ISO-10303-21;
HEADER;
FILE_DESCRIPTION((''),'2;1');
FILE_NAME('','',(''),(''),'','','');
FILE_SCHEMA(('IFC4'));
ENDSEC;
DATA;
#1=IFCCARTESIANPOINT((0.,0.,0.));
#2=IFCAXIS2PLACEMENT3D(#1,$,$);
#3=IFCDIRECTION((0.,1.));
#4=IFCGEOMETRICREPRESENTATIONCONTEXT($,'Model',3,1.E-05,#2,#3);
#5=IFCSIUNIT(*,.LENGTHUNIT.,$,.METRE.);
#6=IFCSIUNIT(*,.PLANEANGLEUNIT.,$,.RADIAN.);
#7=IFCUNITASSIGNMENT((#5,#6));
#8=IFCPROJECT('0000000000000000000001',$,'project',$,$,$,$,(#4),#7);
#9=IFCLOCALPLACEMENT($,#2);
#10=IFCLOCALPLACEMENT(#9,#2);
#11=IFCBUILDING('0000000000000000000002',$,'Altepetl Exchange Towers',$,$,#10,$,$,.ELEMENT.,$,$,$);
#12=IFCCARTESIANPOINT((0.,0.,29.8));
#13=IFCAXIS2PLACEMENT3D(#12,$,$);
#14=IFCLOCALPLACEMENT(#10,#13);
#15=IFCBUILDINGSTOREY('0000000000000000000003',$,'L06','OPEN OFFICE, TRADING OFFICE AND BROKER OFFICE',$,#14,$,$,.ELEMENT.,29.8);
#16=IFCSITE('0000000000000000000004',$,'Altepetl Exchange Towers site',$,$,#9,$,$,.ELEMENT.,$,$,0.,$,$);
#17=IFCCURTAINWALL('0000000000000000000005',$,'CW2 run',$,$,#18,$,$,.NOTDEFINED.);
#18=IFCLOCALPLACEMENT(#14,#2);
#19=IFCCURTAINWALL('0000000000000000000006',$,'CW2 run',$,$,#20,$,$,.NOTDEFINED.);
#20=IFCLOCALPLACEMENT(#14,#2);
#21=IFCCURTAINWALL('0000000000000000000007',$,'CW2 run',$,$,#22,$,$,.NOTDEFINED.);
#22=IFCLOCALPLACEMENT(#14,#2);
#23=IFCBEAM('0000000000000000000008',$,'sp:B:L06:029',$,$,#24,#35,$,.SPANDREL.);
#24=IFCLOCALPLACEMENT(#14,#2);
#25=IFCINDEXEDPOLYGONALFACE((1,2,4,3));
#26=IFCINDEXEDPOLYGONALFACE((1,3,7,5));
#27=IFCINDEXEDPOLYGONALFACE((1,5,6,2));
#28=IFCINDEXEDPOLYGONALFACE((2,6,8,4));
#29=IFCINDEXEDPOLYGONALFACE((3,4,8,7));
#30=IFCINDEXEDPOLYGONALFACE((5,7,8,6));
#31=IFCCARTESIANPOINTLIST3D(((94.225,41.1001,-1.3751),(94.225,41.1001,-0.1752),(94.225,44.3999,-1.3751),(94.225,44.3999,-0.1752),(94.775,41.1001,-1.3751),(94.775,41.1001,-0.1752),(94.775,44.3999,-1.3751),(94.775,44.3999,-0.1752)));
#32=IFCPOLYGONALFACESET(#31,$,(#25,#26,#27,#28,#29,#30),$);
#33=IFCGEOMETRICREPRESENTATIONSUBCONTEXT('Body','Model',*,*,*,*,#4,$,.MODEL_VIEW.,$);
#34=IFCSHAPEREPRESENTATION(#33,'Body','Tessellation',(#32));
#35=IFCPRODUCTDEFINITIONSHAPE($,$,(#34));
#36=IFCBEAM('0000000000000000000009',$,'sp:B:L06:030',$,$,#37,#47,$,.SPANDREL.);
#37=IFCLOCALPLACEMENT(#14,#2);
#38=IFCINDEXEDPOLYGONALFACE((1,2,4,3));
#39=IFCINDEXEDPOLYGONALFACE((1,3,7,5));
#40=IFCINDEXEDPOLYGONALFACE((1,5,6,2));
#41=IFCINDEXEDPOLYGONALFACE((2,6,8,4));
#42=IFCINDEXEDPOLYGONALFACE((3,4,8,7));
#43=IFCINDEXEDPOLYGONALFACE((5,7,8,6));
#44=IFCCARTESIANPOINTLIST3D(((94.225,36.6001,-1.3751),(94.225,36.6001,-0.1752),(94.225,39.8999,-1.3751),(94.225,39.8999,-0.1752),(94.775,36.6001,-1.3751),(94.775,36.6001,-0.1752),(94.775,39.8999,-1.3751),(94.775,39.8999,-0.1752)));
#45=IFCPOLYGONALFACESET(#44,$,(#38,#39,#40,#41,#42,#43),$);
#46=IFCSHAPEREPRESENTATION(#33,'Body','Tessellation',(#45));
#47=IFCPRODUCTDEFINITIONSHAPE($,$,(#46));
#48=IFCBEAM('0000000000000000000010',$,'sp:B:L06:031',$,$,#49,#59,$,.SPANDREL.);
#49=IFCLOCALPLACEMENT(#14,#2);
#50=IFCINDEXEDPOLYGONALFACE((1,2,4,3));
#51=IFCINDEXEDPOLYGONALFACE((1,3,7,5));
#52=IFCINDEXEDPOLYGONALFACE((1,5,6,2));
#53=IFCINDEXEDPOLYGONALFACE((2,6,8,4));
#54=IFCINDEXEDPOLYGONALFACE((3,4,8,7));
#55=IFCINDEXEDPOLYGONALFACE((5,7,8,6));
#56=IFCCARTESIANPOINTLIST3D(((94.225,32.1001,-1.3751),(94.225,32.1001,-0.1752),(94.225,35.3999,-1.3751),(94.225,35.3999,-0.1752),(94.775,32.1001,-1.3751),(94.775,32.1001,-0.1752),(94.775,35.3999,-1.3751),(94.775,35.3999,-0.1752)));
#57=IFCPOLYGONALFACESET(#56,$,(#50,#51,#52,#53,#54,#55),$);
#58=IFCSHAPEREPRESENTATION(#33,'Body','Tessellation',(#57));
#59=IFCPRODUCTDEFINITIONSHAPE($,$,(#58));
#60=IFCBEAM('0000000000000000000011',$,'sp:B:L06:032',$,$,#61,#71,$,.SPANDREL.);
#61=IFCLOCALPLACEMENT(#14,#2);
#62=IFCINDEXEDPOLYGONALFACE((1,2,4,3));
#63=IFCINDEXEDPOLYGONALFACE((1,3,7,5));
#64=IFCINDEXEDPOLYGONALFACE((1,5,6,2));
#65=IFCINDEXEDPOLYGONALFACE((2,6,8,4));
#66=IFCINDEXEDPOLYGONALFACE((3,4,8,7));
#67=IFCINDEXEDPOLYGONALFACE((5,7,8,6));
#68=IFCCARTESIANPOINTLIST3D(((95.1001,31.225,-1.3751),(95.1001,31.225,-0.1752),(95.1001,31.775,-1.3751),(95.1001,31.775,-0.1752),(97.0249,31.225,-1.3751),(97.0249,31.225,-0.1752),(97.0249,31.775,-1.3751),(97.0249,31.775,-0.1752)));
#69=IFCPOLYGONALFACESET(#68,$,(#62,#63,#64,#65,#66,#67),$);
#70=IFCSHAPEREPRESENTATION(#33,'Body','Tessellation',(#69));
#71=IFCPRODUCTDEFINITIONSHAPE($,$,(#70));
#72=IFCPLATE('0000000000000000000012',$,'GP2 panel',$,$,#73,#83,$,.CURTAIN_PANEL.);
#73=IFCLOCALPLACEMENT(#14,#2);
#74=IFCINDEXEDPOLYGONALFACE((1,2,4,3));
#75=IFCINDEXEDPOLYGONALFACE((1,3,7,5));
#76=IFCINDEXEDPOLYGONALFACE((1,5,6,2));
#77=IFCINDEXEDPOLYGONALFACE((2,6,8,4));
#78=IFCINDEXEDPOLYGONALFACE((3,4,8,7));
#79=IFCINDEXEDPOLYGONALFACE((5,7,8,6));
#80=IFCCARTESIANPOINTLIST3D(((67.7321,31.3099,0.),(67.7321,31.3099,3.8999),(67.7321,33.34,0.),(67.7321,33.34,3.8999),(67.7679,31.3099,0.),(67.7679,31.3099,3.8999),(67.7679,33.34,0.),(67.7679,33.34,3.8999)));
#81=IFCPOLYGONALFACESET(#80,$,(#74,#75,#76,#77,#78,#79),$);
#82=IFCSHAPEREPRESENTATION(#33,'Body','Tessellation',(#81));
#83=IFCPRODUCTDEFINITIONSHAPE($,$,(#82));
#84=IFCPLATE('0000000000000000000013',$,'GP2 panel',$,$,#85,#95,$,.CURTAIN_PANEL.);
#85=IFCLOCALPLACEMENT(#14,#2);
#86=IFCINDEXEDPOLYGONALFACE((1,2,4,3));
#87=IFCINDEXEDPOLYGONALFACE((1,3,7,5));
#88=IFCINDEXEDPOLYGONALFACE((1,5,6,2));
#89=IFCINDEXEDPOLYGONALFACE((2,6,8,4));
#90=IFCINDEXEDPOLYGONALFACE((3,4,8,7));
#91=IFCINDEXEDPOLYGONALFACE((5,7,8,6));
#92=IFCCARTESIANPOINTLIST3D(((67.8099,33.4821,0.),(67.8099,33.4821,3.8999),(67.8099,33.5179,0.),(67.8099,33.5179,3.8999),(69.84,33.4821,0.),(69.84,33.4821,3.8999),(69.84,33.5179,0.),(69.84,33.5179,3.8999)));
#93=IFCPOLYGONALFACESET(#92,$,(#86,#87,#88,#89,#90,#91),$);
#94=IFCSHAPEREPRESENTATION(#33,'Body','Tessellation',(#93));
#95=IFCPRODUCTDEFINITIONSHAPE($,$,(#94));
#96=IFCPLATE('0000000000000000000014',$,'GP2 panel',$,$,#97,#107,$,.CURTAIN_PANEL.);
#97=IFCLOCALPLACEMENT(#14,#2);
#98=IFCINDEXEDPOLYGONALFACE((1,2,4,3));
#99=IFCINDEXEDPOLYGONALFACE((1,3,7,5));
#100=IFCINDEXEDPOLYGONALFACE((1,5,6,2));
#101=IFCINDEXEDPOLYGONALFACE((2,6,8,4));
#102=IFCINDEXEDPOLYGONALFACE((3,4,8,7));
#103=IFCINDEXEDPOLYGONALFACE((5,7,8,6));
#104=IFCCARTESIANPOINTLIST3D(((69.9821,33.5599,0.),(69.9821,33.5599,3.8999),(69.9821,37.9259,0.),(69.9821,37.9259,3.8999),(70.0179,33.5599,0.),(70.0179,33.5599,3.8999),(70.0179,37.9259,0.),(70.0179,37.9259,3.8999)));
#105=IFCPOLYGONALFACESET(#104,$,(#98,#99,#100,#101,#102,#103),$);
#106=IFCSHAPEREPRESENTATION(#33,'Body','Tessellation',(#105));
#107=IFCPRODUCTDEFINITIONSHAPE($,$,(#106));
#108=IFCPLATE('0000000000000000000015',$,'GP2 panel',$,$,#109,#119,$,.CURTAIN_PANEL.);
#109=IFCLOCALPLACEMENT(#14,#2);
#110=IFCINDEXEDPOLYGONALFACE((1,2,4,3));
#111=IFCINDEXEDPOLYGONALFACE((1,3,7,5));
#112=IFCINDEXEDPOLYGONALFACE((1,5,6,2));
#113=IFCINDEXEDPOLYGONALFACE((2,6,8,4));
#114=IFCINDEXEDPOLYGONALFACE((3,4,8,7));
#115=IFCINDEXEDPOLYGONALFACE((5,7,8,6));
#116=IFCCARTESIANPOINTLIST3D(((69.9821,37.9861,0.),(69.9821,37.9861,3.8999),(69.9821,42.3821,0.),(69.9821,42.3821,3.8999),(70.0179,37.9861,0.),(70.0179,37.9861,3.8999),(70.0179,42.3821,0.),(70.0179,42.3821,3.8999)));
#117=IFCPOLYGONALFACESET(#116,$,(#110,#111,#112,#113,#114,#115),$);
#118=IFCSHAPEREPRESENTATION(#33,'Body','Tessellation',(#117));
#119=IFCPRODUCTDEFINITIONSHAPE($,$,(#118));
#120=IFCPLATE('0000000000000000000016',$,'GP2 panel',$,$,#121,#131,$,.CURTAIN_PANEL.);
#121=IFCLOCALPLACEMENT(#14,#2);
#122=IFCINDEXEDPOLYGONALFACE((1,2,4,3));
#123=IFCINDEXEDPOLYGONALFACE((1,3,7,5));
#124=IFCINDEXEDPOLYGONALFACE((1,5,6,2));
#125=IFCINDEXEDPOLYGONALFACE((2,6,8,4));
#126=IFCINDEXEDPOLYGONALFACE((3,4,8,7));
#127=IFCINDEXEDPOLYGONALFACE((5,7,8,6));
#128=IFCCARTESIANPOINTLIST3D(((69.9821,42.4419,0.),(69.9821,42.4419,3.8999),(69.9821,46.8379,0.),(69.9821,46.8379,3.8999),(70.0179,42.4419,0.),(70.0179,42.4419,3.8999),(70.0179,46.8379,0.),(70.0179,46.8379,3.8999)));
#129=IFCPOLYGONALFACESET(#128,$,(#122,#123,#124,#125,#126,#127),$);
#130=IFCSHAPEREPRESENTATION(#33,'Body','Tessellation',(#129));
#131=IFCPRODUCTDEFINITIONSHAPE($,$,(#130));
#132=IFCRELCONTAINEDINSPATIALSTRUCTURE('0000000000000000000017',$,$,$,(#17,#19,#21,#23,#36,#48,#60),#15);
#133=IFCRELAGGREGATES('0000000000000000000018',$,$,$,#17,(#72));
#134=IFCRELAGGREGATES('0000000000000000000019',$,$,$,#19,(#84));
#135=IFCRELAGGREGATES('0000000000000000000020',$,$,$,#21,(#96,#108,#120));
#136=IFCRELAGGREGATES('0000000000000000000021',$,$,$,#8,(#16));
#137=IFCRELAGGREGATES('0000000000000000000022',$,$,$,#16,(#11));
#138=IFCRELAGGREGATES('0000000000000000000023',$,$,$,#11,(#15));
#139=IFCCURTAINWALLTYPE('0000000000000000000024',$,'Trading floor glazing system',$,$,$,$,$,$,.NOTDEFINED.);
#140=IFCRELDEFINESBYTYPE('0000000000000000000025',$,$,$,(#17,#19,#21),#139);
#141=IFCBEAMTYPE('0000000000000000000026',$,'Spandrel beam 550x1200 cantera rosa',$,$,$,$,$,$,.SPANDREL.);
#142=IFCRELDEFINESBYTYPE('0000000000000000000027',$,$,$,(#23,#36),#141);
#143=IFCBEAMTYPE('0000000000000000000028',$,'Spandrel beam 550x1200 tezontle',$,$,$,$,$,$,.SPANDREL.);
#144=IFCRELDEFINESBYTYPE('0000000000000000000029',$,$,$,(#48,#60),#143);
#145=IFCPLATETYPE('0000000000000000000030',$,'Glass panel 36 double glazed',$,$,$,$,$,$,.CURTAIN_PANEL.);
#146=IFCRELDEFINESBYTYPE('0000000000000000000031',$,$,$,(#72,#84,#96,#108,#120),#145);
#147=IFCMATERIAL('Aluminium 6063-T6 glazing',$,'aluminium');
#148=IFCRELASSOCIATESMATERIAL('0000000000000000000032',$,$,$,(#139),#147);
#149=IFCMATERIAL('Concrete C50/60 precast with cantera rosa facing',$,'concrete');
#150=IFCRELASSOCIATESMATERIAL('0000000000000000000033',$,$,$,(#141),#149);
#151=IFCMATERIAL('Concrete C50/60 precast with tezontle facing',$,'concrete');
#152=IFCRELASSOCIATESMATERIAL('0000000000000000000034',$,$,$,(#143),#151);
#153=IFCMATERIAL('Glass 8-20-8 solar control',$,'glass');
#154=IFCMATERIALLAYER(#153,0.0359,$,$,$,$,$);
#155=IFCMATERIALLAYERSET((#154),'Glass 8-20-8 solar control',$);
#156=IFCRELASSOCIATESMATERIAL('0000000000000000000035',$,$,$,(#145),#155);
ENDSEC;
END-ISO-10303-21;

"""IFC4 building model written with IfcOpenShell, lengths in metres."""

from ifc_helpers import new_model, si_unit, direction, frame, origin, origin_2d, place, context, subcontext, project, spatial, rectangle, extrude, material, layer, layer_set, material_profile, profile_set, type_object, element, aggregate, save


model = new_model("IFC4")

# Units and contexts
model_context = context("Model", 3, precision=1e-05, world=origin(), true_north=direction((0.0, 1.0)))
body_context = subcontext(model_context, "Body", "Model", "MODEL_VIEW")
ifc_project = project(units=[si_unit("LENGTHUNIT", "METRE"), si_unit("PLANEANGLEUNIT", "RADIAN")], contexts=[model_context])

# Site, building, storey
site_placement = place(None, origin())
site = spatial("IfcSite", under=ifc_project, at=site_placement, Name="Altepetl Exchange Towers site", CompositionType="ELEMENT", RefElevation=0.0)
building_placement = place(site_placement, origin())
building = spatial("IfcBuilding", under=site, at=building_placement, Name="Altepetl Exchange Towers", CompositionType="ELEMENT")
storey_placement = place(building_placement, frame((0.0, 0.0, 29.8)))
storey = spatial("IfcBuildingStorey", under=building, at=storey_placement, Name="L06", Description="OPEN OFFICE, TRADING OFFICE AND BROKER OFFICE", CompositionType="ELEMENT", Elevation=29.8)

# Shared definitions
ifc_material_1 = material(Name="Aluminium 6063-T6 glazing", Category="aluminium")
curtain_wall_type = type_object("IfcCurtainWallType", Name="Trading floor glazing system", PredefinedType="NOTDEFINED", material=ifc_material_1)

# Curtain walls
curtain_wall_1_placement = place(storey_placement, origin())
curtain_wall_1 = element("IfcCurtainWall", 1, at=curtain_wall_1_placement, inside=storey, type_object=curtain_wall_type, Name="CW2 run", PredefinedType="NOTDEFINED")
curtain_wall_2_placement = place(storey_placement, origin())
curtain_wall_2 = element("IfcCurtainWall", 2, at=curtain_wall_2_placement, inside=storey, type_object=curtain_wall_type, Name="CW2 run", PredefinedType="NOTDEFINED")
curtain_wall_3_placement = place(storey_placement, origin())
curtain_wall_3 = element("IfcCurtainWall", 3, at=curtain_wall_3_placement, inside=storey, type_object=curtain_wall_type, Name="CW2 run", PredefinedType="NOTDEFINED")

# Beams
ifc_material_2 = material(Name="Concrete C50/60 precast with cantera rosa facing", Category="concrete")
ifc_material_profile_1 = material_profile(ifc_material_2, rectangle(XDim=0.55, YDim=1.2, at=origin_2d()), Name="550 x 1200")
ifc_profile_set_1 = profile_set([ifc_material_profile_1], Name="Concrete C50/60 precast with cantera rosa facing")
beam_type_1 = type_object("IfcBeamType", Name="Spandrel beam 550x1200 cantera rosa", PredefinedType="SPANDREL", material=ifc_profile_set_1)
for number, where, z_axis, x_axis, name in (
    (4, (94.5, 44.3999, -0.7751), (0.0, -1.0, 0.0), (1.0, 0.0, 0.0), "sp:B:L06:029"),
    (5, (94.5, 39.8999, -0.7751), (0.0, -1.0, 0.0), (1.0, 0.0, 0.0), "sp:B:L06:030"),
):
    element("IfcBeam", number, at=place(storey_placement, frame(where, z_axis=z_axis, x_axis=x_axis)), inside=storey, type_object=beam_type_1, Name=name, PredefinedType="SPANDREL", context=body_context, shape_type="SweptSolid", body=[
        extrude(rectangle(XDim=0.55, YDim=1.2, at=origin_2d()), origin(), (0.0, 0.0, 1.0), 3.2998),
    ])
ifc_material_3 = material(Name="Concrete C50/60 precast with tezontle facing", Category="concrete")
ifc_material_profile_2 = material_profile(ifc_material_3, rectangle(XDim=0.55, YDim=1.2, at=origin_2d()), Name="550 x 1200")
ifc_profile_set_2 = profile_set([ifc_material_profile_2], Name="Concrete C50/60 precast with tezontle facing")
beam_type_2 = type_object("IfcBeamType", Name="Spandrel beam 550x1200 tezontle", PredefinedType="SPANDREL", material=ifc_profile_set_2)
beam_1_placement = place(storey_placement, frame((94.5, 35.3999, -0.7751), z_axis=(0.0, -1.0, 0.0), x_axis=(1.0, 0.0, 0.0)))
element("IfcBeam", 6, at=beam_1_placement, inside=storey, type_object=beam_type_2, Name="sp:B:L06:031", PredefinedType="SPANDREL", context=body_context, shape_type="SweptSolid", body=[
    extrude(rectangle(XDim=0.55, YDim=1.2, at=origin_2d()), origin(), (0.0, 0.0, 1.0), 3.2998),
])
beam_2_placement = place(storey_placement, frame((95.1001, 31.5, -0.7751), z_axis=(1.0, 0.0, 0.0), x_axis=(0.0, 1.0, 0.0)))
element("IfcBeam", 7, at=beam_2_placement, inside=storey, type_object=beam_type_2, Name="sp:B:L06:032", PredefinedType="SPANDREL", context=body_context, shape_type="SweptSolid", body=[
    extrude(rectangle(XDim=0.55, YDim=1.2, at=origin_2d()), origin(), (0.0, 0.0, 1.0), 1.9248),
])

# Plates
ifc_material_4 = material(Name="Glass 8-20-8 solar control", Category="glass")
ifc_layer = layer(ifc_material_4, 0.0359)
ifc_layer_set = layer_set([ifc_layer], Name="Glass 8-20-8 solar control")
plate_type = type_object("IfcPlateType", Name="Glass panel 36 double glazed", PredefinedType="CURTAIN_PANEL", material=ifc_layer_set)
plate_1_placement = place(storey_placement, frame((67.75, 32.325, 0.0), z_axis=(0.0, 0.0, 1.0), x_axis=(0.0, 1.0, 0.0)))
plate_1 = element("IfcPlate", 8, at=plate_1_placement, type_object=plate_type, Name="GP2 panel", PredefinedType="CURTAIN_PANEL", context=body_context, shape_type="SweptSolid", body=[
    extrude(rectangle(XDim=2.03, YDim=0.0359, at=origin_2d()), origin(), (0.0, 0.0, 1.0), 3.8999),
])
aggregate(curtain_wall_1, [plate_1])
plate_2_placement = place(storey_placement, frame((68.825, 33.5, 0.0)))
plate_2 = element("IfcPlate", 9, at=plate_2_placement, type_object=plate_type, Name="GP2 panel", PredefinedType="CURTAIN_PANEL", context=body_context, shape_type="SweptSolid", body=[
    extrude(rectangle(XDim=2.03, YDim=0.0359, at=origin_2d()), origin(), (0.0, 0.0, 1.0), 3.8999),
])
aggregate(curtain_wall_2, [plate_2])
plate_3_placement = place(storey_placement, frame((70.0, 35.7429, 0.0), z_axis=(0.0, 0.0, 1.0), x_axis=(0.0, 1.0, 0.0)))
plate_3 = element("IfcPlate", 10, at=plate_3_placement, type_object=plate_type, Name="GP2 panel", PredefinedType="CURTAIN_PANEL", context=body_context, shape_type="SweptSolid", body=[
    extrude(rectangle(XDim=4.366, YDim=0.0359, at=origin_2d()), origin(), (0.0, 0.0, 1.0), 3.8999),
])
plate_4_placement = place(storey_placement, frame((70.0, 40.1841, 0.0), z_axis=(0.0, 0.0, 1.0), x_axis=(0.0, 1.0, 0.0)))
plate_4 = element("IfcPlate", 11, at=plate_4_placement, type_object=plate_type, Name="GP2 panel", PredefinedType="CURTAIN_PANEL", context=body_context, shape_type="SweptSolid", body=[
    extrude(rectangle(XDim=4.396, YDim=0.0359, at=origin_2d()), origin(), (0.0, 0.0, 1.0), 3.8999),
])
plate_5_placement = place(storey_placement, frame((70.0, 44.6399, 0.0), z_axis=(0.0, 0.0, 1.0), x_axis=(0.0, 1.0, 0.0)))
plate_5 = element("IfcPlate", 12, at=plate_5_placement, type_object=plate_type, Name="GP2 panel", PredefinedType="CURTAIN_PANEL", context=body_context, shape_type="SweptSolid", body=[
    extrude(rectangle(XDim=4.396, YDim=0.0359, at=origin_2d()), origin(), (0.0, 0.0, 1.0), 3.8999),
])
aggregate(curtain_wall_3, [plate_3, plate_4, plate_5])

save(model, "model.ifc")
